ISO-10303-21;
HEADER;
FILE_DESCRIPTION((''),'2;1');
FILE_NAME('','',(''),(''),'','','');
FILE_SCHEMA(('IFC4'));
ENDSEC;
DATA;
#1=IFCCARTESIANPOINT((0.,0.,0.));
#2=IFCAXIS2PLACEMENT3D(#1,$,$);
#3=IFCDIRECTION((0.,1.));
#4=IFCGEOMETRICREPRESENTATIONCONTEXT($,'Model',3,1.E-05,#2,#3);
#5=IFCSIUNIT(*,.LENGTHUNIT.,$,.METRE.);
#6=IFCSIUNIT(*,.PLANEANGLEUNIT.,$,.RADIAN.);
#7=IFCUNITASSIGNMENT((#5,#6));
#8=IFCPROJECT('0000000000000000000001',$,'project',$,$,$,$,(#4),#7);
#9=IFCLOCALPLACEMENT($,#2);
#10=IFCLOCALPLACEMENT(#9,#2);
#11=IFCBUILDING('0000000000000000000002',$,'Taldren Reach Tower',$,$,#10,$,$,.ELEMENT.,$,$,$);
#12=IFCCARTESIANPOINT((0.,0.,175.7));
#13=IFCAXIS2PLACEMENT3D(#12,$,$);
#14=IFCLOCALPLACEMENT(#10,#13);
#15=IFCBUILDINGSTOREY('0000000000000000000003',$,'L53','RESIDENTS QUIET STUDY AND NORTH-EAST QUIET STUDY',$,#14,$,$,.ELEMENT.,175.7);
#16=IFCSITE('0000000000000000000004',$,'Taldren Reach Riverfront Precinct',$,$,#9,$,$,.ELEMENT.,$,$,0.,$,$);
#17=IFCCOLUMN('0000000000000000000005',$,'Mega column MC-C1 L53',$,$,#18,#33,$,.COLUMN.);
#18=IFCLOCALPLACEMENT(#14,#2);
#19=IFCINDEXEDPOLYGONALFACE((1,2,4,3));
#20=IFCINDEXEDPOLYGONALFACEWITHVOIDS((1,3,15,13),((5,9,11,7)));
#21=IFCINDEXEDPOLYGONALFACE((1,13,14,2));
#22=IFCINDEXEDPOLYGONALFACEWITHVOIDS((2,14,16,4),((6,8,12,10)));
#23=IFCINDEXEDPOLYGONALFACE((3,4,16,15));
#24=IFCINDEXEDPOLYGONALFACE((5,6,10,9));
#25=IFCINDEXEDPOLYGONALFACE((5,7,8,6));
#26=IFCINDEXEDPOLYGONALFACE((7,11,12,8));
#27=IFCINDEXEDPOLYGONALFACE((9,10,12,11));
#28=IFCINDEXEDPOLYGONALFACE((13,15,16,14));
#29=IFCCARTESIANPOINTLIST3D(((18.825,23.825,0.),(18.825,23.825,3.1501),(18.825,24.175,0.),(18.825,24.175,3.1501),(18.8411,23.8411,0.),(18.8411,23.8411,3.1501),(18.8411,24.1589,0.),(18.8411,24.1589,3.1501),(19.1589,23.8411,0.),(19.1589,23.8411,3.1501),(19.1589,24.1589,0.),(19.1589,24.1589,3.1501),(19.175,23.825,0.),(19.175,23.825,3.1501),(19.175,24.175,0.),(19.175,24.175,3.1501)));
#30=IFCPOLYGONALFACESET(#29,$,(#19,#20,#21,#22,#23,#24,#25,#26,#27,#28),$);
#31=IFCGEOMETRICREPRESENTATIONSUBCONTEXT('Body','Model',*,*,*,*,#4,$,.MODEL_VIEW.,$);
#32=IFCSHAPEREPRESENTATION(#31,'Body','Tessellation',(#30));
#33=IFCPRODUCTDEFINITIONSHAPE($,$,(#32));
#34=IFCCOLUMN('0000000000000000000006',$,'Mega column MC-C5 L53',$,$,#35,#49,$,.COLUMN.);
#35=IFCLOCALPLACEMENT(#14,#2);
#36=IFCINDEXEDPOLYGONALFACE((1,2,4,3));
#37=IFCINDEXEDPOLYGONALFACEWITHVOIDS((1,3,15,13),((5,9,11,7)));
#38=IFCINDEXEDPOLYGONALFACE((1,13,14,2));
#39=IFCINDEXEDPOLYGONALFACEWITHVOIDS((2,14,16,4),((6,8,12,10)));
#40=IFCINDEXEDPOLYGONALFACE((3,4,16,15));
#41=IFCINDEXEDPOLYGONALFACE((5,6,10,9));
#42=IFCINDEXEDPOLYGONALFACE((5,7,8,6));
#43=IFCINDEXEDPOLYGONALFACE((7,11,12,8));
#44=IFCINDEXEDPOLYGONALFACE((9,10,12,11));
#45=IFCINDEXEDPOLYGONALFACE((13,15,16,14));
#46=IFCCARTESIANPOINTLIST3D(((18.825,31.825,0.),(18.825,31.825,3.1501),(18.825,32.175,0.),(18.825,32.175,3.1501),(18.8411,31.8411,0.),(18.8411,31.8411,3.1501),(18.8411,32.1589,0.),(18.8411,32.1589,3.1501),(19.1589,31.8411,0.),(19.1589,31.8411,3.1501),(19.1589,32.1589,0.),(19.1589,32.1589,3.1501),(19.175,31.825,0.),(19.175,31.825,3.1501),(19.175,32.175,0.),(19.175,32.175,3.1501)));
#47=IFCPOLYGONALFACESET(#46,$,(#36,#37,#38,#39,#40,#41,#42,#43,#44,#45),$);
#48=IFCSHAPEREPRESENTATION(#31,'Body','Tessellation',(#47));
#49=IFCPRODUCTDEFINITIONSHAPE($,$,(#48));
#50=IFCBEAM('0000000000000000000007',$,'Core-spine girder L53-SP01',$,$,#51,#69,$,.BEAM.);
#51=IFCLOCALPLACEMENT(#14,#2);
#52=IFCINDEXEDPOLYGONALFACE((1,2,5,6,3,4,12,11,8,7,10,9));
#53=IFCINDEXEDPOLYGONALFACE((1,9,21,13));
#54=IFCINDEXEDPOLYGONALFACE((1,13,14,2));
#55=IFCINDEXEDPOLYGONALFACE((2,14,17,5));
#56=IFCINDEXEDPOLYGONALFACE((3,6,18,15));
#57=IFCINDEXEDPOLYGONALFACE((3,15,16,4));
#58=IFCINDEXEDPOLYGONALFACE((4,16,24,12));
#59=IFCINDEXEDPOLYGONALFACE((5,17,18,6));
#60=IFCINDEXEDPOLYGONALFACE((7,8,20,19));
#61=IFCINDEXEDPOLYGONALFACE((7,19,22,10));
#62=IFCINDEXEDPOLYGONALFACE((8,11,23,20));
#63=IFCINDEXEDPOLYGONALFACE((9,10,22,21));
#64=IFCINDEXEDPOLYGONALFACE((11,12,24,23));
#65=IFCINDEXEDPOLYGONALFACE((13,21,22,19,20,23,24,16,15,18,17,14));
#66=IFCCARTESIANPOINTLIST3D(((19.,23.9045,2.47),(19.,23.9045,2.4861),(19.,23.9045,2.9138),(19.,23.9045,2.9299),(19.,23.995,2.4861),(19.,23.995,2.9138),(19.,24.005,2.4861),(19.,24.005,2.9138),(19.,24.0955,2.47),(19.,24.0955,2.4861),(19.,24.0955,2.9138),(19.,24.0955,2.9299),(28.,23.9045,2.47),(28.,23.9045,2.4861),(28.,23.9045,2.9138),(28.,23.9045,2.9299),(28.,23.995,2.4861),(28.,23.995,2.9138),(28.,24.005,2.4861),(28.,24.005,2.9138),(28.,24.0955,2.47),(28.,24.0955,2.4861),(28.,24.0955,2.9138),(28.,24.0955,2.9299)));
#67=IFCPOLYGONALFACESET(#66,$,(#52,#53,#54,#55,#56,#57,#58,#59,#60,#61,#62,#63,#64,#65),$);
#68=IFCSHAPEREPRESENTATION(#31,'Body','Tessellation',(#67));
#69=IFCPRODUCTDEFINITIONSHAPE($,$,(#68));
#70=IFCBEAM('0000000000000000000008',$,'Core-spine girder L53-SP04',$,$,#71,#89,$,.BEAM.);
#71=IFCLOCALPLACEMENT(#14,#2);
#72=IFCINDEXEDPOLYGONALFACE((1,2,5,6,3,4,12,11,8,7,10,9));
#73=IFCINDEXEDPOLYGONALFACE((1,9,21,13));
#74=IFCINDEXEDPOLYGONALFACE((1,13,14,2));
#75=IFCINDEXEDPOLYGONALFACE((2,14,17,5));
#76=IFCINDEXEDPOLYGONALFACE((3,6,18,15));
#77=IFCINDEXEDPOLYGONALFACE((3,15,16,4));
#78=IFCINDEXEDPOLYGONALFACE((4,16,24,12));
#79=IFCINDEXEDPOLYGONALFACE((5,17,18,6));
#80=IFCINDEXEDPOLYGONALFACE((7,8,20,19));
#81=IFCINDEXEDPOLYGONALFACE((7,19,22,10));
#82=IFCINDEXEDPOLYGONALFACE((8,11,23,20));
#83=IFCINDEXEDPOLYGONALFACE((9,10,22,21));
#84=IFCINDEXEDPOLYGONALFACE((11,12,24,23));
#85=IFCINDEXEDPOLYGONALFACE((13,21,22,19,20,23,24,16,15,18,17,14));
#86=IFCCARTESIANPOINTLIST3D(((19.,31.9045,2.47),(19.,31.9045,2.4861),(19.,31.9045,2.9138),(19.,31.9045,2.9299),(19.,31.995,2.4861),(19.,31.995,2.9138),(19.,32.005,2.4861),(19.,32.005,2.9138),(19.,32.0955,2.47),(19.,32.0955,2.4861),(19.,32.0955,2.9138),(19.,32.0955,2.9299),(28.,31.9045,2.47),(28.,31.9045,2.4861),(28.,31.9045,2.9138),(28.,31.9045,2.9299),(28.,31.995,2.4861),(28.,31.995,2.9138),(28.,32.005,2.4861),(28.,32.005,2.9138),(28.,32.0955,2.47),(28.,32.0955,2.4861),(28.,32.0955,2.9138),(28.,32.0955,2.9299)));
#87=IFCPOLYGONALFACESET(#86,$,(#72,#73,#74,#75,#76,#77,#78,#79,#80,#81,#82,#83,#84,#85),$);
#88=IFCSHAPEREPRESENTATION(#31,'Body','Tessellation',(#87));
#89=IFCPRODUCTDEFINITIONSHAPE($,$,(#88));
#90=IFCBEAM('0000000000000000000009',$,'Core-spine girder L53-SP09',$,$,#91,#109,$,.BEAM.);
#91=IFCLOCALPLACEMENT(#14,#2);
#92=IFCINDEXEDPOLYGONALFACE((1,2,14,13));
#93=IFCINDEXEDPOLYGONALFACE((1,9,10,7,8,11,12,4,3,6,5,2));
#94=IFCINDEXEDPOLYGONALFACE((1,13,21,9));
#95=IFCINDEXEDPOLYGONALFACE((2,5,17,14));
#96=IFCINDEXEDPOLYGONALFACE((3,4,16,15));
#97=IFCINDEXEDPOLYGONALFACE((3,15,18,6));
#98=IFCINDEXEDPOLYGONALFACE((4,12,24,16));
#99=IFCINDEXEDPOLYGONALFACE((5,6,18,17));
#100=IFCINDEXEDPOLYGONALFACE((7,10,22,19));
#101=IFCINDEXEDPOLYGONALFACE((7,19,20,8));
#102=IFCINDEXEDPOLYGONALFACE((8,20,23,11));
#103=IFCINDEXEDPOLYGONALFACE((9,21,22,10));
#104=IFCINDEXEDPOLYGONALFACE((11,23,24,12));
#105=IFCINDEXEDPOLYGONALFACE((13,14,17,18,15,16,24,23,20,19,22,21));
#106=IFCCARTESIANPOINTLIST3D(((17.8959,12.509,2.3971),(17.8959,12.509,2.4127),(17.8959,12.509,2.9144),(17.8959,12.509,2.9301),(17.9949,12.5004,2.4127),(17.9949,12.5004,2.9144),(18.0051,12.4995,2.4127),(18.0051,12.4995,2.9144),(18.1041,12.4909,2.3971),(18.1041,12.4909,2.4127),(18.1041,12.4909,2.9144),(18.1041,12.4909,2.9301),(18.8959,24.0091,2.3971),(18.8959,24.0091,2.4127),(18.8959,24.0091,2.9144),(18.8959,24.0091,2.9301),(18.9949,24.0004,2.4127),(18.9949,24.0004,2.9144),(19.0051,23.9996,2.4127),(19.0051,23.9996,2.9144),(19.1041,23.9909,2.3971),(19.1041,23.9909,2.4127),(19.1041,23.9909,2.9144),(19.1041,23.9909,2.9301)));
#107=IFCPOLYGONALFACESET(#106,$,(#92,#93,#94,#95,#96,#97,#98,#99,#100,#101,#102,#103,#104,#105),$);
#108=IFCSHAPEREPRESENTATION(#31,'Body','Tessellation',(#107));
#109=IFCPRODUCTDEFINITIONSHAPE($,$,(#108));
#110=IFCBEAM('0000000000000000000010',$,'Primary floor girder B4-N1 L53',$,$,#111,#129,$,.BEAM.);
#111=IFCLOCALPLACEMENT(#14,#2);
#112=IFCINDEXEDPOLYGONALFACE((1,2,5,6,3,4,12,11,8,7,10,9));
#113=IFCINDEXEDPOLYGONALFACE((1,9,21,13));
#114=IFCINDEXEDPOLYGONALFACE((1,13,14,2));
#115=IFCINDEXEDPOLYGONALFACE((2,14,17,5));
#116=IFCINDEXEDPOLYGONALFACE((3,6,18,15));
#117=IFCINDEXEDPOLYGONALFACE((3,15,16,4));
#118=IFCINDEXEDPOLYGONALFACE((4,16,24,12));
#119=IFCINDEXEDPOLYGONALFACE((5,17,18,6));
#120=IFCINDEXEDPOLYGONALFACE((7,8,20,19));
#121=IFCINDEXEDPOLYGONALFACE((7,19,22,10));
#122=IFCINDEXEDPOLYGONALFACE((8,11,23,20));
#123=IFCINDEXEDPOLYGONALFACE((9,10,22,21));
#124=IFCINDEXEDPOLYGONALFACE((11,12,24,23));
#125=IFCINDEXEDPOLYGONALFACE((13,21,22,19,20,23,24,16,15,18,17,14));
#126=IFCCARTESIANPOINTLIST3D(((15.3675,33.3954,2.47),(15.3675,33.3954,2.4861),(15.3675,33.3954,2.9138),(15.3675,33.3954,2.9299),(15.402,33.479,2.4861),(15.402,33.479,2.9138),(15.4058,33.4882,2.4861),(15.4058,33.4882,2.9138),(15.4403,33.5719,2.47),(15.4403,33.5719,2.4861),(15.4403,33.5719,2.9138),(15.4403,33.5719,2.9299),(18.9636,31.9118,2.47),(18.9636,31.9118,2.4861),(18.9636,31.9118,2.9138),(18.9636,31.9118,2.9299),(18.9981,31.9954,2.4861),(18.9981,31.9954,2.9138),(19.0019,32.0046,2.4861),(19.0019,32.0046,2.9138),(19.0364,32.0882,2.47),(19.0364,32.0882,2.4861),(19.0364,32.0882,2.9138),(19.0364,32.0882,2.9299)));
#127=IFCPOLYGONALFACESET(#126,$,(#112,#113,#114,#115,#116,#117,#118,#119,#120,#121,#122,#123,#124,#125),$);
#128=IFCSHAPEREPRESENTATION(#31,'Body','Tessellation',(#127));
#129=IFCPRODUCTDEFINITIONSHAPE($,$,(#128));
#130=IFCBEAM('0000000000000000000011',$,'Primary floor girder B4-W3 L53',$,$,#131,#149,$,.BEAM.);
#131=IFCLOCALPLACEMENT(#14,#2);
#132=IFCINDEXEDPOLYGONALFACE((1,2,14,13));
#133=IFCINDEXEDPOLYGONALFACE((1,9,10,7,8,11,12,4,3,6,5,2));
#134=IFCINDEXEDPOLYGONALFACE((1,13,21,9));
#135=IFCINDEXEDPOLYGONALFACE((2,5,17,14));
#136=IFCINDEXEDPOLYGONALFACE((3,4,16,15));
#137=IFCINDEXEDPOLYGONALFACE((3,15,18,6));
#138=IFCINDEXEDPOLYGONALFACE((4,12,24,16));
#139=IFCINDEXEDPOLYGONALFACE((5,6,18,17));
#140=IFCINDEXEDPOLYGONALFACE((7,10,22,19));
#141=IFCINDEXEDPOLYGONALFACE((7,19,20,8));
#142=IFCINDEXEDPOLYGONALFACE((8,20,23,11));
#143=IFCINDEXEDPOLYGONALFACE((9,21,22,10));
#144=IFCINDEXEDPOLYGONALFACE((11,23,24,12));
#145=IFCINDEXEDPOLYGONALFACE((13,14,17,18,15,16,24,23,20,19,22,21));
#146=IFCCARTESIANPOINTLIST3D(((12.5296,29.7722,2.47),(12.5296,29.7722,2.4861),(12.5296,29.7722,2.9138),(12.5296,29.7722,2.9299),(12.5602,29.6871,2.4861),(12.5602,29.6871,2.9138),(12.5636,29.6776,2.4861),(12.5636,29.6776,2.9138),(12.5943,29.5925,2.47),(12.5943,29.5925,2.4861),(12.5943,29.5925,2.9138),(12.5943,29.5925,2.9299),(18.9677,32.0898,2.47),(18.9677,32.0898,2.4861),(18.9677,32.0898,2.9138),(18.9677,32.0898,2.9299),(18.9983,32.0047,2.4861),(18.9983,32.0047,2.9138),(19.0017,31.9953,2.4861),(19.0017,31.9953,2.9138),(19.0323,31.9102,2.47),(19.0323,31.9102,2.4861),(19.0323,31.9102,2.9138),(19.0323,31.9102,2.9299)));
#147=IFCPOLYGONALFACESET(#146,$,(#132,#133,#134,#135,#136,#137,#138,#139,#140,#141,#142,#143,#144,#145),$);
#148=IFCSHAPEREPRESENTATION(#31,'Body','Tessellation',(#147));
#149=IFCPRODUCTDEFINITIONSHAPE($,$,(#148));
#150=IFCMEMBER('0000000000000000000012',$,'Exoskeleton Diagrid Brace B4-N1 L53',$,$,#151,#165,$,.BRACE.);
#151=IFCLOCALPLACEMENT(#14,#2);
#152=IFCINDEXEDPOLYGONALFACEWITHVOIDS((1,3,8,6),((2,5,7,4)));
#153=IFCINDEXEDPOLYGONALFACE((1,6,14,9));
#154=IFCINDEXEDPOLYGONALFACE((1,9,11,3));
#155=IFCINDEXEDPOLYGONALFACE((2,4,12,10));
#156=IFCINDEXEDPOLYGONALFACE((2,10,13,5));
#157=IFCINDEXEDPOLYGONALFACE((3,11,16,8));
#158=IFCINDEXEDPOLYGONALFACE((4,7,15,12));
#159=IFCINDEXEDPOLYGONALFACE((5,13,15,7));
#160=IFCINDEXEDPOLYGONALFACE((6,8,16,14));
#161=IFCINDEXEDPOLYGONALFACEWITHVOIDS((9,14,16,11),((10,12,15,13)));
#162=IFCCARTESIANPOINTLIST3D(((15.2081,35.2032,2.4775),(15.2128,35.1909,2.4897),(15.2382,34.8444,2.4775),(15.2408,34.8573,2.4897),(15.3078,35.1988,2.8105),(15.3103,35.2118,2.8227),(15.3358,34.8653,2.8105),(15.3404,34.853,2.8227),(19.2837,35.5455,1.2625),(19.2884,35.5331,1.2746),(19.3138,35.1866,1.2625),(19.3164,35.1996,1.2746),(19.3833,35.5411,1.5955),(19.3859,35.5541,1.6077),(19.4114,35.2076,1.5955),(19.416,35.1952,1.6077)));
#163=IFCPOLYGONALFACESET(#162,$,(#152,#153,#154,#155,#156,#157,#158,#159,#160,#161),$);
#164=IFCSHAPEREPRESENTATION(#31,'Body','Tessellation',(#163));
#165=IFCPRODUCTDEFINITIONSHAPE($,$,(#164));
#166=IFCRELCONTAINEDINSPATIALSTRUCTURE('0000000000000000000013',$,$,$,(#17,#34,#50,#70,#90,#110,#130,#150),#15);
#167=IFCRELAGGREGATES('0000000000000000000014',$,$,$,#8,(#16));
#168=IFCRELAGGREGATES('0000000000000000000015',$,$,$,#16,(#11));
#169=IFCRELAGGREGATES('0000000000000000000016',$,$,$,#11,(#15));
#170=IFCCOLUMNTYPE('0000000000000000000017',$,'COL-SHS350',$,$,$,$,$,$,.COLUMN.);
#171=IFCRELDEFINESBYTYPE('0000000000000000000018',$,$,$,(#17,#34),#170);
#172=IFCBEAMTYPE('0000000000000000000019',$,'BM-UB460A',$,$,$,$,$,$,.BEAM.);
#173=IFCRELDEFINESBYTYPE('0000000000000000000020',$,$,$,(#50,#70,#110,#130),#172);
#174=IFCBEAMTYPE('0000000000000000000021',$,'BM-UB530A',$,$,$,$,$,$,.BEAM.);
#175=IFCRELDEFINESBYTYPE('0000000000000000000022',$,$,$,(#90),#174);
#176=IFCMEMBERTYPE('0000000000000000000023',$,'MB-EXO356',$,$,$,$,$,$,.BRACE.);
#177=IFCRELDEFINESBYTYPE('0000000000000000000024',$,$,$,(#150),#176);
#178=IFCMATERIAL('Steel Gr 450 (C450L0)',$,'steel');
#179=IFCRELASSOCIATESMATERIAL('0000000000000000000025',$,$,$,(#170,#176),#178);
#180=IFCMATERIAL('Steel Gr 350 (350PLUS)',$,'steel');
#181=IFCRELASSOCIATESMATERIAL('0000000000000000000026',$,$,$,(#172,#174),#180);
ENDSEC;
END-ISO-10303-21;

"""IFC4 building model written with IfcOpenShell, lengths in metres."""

from ifc_helpers import new_model, si_unit, direction, frame, origin, origin_2d, place, context, subcontext, project, spatial, hollow_rectangle, i_section, extrude, source, transform, mapped, material, material_profile, profile_set, type_object, element, save


model = new_model("IFC4")

# Units and contexts
model_context = context("Model", 3, precision=1e-05, world=origin(), true_north=direction((0.0, 1.0)))
body_context = subcontext(model_context, "Body", "Model", "MODEL_VIEW")
ifc_project = project(units=[si_unit("LENGTHUNIT", "METRE"), si_unit("PLANEANGLEUNIT", "RADIAN")], contexts=[model_context])

# Site, building, storey
site_placement = place(None, origin())
site = spatial("IfcSite", under=ifc_project, at=site_placement, Name="Taldren Reach Riverfront Precinct", CompositionType="ELEMENT", RefElevation=0.0)
building_placement = place(site_placement, origin())
building = spatial("IfcBuilding", under=site, at=building_placement, Name="Taldren Reach Tower", CompositionType="ELEMENT")
storey_placement = place(building_placement, frame((0.0, 0.0, 175.7)))
storey = spatial("IfcBuildingStorey", under=building, at=storey_placement, Name="L53", Description="RESIDENTS QUIET STUDY AND NORTH-EAST QUIET STUDY", CompositionType="ELEMENT", Elevation=175.7)

# Columns
ifc_material_1 = material(Name="Steel Gr 450 (C450L0)", Category="steel")
ifc_material_profile_1 = material_profile(ifc_material_1, hollow_rectangle(XDim=0.3501, YDim=0.3501, WallThickness=0.0161, at=origin_2d()), Name="350x350x16.0SHS")
ifc_profile_set_1 = profile_set([ifc_material_profile_1], Name="Steel Gr 450 (C450L0)")
column_type = type_object("IfcColumnType", Name="COL-SHS350", PredefinedType="COLUMN", material=ifc_profile_set_1)
shared_shape_1 = source(origin(), body_context, "Body", "SweptSolid", [
    extrude(hollow_rectangle(XDim=0.3501, YDim=0.3501, WallThickness=0.0161, at=origin_2d()), origin(), (0.0, 0.0, 1.0), 3.1501),
])
for number, where, z_axis, x_axis, name in (
    (1, (19.0, 24.0, 0.0), (0.0, 0.0, 1.0), (1.0, 0.0, 0.0), "Mega column MC-C1 L53"),
    (2, (19.0, 32.0, 0.0), (0.0, 0.0, 1.0), (1.0, 0.0, 0.0), "Mega column MC-C5 L53"),
):
    element("IfcColumn", number, at=place(storey_placement, frame(where, z_axis=z_axis, x_axis=x_axis)), inside=storey, type_object=column_type, Name=name, PredefinedType="COLUMN", context=body_context, shape_type="MappedRepresentation", body=[
        mapped(shared_shape_1, transform((0.0, 0.0, 0.0), scale=1.0)),
    ])

# Beams
ifc_material_2 = material(Name="Steel Gr 350 (350PLUS)", Category="steel")
ifc_material_profile_2 = material_profile(ifc_material_2, i_section(OverallWidth=0.1909, OverallDepth=0.46, WebThickness=0.01, FlangeThickness=0.0161, at=origin_2d()), Name="460UB82.1")
ifc_profile_set_2 = profile_set([ifc_material_profile_2], Name="Steel Gr 350 (350PLUS)")
beam_type_1 = type_object("IfcBeamType", Name="BM-UB460A", PredefinedType="BEAM", material=ifc_profile_set_2)
shared_shape_2 = source(origin(), body_context, "Body", "SweptSolid", [
    extrude(i_section(OverallWidth=0.1909, OverallDepth=0.46, WebThickness=0.01, FlangeThickness=0.0161, at=origin_2d()), origin(), (0.0, 0.0, 1.0), 9.0),
])
for number, where, z_axis, x_axis, name in (
    (3, (19.0, 24.0, 2.7), (1.0, 0.0, 0.0), (0.0, 1.0, 0.0), "Core-spine girder L53-SP01"),
    (4, (19.0, 32.0, 2.7), (1.0, 0.0, 0.0), (0.0, 1.0, 0.0), "Core-spine girder L53-SP04"),
):
    element("IfcBeam", number, at=place(storey_placement, frame(where, z_axis=z_axis, x_axis=x_axis)), inside=storey, type_object=beam_type_1, Name=name, PredefinedType="BEAM", context=body_context, shape_type="MappedRepresentation", body=[
        mapped(shared_shape_2, transform((0.0, 0.0, 0.0), scale=1.0)),
    ])
ifc_material_profile_3 = material_profile(ifc_material_2, i_section(OverallWidth=0.209, OverallDepth=0.533, WebThickness=0.0103, FlangeThickness=0.0156, at=origin_2d()), Name="530UB92.4")
ifc_profile_set_3 = profile_set([ifc_material_profile_3], Name="Steel Gr 350 (350PLUS)")
beam_type_2 = type_object("IfcBeamType", Name="BM-UB530A", PredefinedType="BEAM", material=ifc_profile_set_3)
shared_shape_3 = source(origin(), body_context, "Body", "SweptSolid", [
    extrude(i_section(OverallWidth=0.209, OverallDepth=0.533, WebThickness=0.0103, FlangeThickness=0.0156, at=origin_2d()), origin(), (0.0, 0.0, 1.0), 11.5435),
])
beam_1_placement = place(storey_placement, frame((19.0, 24.0, 2.6636), z_axis=(-0.08663, -0.996241, 0.0), x_axis=(0.996241, -0.08663, 0.0)))
element("IfcBeam", 5, at=beam_1_placement, inside=storey, type_object=beam_type_2, Name="Core-spine girder L53-SP09", PredefinedType="BEAM", context=body_context, shape_type="MappedRepresentation", body=[
    mapped(shared_shape_3, transform((0.0, 0.0, 0.0), scale=1.0)),
])
shared_shape_4 = source(origin(), body_context, "Body", "SweptSolid", [
    extrude(i_section(OverallWidth=0.1909, OverallDepth=0.46, WebThickness=0.01, FlangeThickness=0.0161, at=origin_2d()), origin(), (0.0, 0.0, 1.0), 3.8901),
])
beam_2_placement = place(storey_placement, frame((19.0, 32.0, 2.7), z_axis=(-0.924419, 0.381378, 0.0), x_axis=(-0.381378, -0.924419, 0.0)))
element("IfcBeam", 6, at=beam_2_placement, inside=storey, type_object=beam_type_1, Name="Primary floor girder B4-N1 L53", PredefinedType="BEAM", context=body_context, shape_type="MappedRepresentation", body=[
    mapped(shared_shape_4, transform((0.0, 0.0, 0.0), scale=1.0)),
])
shared_shape_5 = source(origin(), body_context, "Body", "SweptSolid", [
    extrude(i_section(OverallWidth=0.1909, OverallDepth=0.46, WebThickness=0.01, FlangeThickness=0.0161, at=origin_2d()), origin(), (0.0, 0.0, 1.0), 6.8425),
])
beam_3_placement = place(storey_placement, frame((19.0, 32.0, 2.7), z_axis=(-0.94089, -0.338713, 0.0), x_axis=(0.338713, -0.94089, 0.0)))
element("IfcBeam", 7, at=beam_3_placement, inside=storey, type_object=beam_type_1, Name="Primary floor girder B4-W3 L53", PredefinedType="BEAM", context=body_context, shape_type="MappedRepresentation", body=[
    mapped(shared_shape_5, transform((0.0, 0.0, 0.0), scale=1.0)),
])

# Member
ifc_material_profile_4 = material_profile(ifc_material_1, hollow_rectangle(XDim=0.3601, YDim=0.3601, WallThickness=0.0127, at=origin_2d()), Name="360x360x12.7SHS")
ifc_profile_set_4 = profile_set([ifc_material_profile_4], Name="Steel Gr 450 (C450L0)")
member_type = type_object("IfcMemberType", Name="MB-EXO356", PredefinedType="BRACE", material=ifc_profile_set_4)
shared_shape_6 = source(origin(), body_context, "Body", "SweptSolid", [
    extrude(hollow_rectangle(XDim=0.3601, YDim=0.3601, WallThickness=0.0127, at=origin_2d()), origin(), (0.0, 0.0, 1.0), 4.2666),
])
member_placement = place(storey_placement, frame((19.3499, 35.3704, 1.4351), z_axis=(-0.955229, -0.080222, 0.284783), x_axis=(0.083688, -0.996492, 0.0)))
element("IfcMember", 8, at=member_placement, inside=storey, type_object=member_type, Name="Exoskeleton Diagrid Brace B4-N1 L53", PredefinedType="BRACE", context=body_context, shape_type="MappedRepresentation", body=[
    mapped(shared_shape_6, transform((0.0, 0.0, 0.0), scale=1.0)),
])

save(model, "model.ifc")
